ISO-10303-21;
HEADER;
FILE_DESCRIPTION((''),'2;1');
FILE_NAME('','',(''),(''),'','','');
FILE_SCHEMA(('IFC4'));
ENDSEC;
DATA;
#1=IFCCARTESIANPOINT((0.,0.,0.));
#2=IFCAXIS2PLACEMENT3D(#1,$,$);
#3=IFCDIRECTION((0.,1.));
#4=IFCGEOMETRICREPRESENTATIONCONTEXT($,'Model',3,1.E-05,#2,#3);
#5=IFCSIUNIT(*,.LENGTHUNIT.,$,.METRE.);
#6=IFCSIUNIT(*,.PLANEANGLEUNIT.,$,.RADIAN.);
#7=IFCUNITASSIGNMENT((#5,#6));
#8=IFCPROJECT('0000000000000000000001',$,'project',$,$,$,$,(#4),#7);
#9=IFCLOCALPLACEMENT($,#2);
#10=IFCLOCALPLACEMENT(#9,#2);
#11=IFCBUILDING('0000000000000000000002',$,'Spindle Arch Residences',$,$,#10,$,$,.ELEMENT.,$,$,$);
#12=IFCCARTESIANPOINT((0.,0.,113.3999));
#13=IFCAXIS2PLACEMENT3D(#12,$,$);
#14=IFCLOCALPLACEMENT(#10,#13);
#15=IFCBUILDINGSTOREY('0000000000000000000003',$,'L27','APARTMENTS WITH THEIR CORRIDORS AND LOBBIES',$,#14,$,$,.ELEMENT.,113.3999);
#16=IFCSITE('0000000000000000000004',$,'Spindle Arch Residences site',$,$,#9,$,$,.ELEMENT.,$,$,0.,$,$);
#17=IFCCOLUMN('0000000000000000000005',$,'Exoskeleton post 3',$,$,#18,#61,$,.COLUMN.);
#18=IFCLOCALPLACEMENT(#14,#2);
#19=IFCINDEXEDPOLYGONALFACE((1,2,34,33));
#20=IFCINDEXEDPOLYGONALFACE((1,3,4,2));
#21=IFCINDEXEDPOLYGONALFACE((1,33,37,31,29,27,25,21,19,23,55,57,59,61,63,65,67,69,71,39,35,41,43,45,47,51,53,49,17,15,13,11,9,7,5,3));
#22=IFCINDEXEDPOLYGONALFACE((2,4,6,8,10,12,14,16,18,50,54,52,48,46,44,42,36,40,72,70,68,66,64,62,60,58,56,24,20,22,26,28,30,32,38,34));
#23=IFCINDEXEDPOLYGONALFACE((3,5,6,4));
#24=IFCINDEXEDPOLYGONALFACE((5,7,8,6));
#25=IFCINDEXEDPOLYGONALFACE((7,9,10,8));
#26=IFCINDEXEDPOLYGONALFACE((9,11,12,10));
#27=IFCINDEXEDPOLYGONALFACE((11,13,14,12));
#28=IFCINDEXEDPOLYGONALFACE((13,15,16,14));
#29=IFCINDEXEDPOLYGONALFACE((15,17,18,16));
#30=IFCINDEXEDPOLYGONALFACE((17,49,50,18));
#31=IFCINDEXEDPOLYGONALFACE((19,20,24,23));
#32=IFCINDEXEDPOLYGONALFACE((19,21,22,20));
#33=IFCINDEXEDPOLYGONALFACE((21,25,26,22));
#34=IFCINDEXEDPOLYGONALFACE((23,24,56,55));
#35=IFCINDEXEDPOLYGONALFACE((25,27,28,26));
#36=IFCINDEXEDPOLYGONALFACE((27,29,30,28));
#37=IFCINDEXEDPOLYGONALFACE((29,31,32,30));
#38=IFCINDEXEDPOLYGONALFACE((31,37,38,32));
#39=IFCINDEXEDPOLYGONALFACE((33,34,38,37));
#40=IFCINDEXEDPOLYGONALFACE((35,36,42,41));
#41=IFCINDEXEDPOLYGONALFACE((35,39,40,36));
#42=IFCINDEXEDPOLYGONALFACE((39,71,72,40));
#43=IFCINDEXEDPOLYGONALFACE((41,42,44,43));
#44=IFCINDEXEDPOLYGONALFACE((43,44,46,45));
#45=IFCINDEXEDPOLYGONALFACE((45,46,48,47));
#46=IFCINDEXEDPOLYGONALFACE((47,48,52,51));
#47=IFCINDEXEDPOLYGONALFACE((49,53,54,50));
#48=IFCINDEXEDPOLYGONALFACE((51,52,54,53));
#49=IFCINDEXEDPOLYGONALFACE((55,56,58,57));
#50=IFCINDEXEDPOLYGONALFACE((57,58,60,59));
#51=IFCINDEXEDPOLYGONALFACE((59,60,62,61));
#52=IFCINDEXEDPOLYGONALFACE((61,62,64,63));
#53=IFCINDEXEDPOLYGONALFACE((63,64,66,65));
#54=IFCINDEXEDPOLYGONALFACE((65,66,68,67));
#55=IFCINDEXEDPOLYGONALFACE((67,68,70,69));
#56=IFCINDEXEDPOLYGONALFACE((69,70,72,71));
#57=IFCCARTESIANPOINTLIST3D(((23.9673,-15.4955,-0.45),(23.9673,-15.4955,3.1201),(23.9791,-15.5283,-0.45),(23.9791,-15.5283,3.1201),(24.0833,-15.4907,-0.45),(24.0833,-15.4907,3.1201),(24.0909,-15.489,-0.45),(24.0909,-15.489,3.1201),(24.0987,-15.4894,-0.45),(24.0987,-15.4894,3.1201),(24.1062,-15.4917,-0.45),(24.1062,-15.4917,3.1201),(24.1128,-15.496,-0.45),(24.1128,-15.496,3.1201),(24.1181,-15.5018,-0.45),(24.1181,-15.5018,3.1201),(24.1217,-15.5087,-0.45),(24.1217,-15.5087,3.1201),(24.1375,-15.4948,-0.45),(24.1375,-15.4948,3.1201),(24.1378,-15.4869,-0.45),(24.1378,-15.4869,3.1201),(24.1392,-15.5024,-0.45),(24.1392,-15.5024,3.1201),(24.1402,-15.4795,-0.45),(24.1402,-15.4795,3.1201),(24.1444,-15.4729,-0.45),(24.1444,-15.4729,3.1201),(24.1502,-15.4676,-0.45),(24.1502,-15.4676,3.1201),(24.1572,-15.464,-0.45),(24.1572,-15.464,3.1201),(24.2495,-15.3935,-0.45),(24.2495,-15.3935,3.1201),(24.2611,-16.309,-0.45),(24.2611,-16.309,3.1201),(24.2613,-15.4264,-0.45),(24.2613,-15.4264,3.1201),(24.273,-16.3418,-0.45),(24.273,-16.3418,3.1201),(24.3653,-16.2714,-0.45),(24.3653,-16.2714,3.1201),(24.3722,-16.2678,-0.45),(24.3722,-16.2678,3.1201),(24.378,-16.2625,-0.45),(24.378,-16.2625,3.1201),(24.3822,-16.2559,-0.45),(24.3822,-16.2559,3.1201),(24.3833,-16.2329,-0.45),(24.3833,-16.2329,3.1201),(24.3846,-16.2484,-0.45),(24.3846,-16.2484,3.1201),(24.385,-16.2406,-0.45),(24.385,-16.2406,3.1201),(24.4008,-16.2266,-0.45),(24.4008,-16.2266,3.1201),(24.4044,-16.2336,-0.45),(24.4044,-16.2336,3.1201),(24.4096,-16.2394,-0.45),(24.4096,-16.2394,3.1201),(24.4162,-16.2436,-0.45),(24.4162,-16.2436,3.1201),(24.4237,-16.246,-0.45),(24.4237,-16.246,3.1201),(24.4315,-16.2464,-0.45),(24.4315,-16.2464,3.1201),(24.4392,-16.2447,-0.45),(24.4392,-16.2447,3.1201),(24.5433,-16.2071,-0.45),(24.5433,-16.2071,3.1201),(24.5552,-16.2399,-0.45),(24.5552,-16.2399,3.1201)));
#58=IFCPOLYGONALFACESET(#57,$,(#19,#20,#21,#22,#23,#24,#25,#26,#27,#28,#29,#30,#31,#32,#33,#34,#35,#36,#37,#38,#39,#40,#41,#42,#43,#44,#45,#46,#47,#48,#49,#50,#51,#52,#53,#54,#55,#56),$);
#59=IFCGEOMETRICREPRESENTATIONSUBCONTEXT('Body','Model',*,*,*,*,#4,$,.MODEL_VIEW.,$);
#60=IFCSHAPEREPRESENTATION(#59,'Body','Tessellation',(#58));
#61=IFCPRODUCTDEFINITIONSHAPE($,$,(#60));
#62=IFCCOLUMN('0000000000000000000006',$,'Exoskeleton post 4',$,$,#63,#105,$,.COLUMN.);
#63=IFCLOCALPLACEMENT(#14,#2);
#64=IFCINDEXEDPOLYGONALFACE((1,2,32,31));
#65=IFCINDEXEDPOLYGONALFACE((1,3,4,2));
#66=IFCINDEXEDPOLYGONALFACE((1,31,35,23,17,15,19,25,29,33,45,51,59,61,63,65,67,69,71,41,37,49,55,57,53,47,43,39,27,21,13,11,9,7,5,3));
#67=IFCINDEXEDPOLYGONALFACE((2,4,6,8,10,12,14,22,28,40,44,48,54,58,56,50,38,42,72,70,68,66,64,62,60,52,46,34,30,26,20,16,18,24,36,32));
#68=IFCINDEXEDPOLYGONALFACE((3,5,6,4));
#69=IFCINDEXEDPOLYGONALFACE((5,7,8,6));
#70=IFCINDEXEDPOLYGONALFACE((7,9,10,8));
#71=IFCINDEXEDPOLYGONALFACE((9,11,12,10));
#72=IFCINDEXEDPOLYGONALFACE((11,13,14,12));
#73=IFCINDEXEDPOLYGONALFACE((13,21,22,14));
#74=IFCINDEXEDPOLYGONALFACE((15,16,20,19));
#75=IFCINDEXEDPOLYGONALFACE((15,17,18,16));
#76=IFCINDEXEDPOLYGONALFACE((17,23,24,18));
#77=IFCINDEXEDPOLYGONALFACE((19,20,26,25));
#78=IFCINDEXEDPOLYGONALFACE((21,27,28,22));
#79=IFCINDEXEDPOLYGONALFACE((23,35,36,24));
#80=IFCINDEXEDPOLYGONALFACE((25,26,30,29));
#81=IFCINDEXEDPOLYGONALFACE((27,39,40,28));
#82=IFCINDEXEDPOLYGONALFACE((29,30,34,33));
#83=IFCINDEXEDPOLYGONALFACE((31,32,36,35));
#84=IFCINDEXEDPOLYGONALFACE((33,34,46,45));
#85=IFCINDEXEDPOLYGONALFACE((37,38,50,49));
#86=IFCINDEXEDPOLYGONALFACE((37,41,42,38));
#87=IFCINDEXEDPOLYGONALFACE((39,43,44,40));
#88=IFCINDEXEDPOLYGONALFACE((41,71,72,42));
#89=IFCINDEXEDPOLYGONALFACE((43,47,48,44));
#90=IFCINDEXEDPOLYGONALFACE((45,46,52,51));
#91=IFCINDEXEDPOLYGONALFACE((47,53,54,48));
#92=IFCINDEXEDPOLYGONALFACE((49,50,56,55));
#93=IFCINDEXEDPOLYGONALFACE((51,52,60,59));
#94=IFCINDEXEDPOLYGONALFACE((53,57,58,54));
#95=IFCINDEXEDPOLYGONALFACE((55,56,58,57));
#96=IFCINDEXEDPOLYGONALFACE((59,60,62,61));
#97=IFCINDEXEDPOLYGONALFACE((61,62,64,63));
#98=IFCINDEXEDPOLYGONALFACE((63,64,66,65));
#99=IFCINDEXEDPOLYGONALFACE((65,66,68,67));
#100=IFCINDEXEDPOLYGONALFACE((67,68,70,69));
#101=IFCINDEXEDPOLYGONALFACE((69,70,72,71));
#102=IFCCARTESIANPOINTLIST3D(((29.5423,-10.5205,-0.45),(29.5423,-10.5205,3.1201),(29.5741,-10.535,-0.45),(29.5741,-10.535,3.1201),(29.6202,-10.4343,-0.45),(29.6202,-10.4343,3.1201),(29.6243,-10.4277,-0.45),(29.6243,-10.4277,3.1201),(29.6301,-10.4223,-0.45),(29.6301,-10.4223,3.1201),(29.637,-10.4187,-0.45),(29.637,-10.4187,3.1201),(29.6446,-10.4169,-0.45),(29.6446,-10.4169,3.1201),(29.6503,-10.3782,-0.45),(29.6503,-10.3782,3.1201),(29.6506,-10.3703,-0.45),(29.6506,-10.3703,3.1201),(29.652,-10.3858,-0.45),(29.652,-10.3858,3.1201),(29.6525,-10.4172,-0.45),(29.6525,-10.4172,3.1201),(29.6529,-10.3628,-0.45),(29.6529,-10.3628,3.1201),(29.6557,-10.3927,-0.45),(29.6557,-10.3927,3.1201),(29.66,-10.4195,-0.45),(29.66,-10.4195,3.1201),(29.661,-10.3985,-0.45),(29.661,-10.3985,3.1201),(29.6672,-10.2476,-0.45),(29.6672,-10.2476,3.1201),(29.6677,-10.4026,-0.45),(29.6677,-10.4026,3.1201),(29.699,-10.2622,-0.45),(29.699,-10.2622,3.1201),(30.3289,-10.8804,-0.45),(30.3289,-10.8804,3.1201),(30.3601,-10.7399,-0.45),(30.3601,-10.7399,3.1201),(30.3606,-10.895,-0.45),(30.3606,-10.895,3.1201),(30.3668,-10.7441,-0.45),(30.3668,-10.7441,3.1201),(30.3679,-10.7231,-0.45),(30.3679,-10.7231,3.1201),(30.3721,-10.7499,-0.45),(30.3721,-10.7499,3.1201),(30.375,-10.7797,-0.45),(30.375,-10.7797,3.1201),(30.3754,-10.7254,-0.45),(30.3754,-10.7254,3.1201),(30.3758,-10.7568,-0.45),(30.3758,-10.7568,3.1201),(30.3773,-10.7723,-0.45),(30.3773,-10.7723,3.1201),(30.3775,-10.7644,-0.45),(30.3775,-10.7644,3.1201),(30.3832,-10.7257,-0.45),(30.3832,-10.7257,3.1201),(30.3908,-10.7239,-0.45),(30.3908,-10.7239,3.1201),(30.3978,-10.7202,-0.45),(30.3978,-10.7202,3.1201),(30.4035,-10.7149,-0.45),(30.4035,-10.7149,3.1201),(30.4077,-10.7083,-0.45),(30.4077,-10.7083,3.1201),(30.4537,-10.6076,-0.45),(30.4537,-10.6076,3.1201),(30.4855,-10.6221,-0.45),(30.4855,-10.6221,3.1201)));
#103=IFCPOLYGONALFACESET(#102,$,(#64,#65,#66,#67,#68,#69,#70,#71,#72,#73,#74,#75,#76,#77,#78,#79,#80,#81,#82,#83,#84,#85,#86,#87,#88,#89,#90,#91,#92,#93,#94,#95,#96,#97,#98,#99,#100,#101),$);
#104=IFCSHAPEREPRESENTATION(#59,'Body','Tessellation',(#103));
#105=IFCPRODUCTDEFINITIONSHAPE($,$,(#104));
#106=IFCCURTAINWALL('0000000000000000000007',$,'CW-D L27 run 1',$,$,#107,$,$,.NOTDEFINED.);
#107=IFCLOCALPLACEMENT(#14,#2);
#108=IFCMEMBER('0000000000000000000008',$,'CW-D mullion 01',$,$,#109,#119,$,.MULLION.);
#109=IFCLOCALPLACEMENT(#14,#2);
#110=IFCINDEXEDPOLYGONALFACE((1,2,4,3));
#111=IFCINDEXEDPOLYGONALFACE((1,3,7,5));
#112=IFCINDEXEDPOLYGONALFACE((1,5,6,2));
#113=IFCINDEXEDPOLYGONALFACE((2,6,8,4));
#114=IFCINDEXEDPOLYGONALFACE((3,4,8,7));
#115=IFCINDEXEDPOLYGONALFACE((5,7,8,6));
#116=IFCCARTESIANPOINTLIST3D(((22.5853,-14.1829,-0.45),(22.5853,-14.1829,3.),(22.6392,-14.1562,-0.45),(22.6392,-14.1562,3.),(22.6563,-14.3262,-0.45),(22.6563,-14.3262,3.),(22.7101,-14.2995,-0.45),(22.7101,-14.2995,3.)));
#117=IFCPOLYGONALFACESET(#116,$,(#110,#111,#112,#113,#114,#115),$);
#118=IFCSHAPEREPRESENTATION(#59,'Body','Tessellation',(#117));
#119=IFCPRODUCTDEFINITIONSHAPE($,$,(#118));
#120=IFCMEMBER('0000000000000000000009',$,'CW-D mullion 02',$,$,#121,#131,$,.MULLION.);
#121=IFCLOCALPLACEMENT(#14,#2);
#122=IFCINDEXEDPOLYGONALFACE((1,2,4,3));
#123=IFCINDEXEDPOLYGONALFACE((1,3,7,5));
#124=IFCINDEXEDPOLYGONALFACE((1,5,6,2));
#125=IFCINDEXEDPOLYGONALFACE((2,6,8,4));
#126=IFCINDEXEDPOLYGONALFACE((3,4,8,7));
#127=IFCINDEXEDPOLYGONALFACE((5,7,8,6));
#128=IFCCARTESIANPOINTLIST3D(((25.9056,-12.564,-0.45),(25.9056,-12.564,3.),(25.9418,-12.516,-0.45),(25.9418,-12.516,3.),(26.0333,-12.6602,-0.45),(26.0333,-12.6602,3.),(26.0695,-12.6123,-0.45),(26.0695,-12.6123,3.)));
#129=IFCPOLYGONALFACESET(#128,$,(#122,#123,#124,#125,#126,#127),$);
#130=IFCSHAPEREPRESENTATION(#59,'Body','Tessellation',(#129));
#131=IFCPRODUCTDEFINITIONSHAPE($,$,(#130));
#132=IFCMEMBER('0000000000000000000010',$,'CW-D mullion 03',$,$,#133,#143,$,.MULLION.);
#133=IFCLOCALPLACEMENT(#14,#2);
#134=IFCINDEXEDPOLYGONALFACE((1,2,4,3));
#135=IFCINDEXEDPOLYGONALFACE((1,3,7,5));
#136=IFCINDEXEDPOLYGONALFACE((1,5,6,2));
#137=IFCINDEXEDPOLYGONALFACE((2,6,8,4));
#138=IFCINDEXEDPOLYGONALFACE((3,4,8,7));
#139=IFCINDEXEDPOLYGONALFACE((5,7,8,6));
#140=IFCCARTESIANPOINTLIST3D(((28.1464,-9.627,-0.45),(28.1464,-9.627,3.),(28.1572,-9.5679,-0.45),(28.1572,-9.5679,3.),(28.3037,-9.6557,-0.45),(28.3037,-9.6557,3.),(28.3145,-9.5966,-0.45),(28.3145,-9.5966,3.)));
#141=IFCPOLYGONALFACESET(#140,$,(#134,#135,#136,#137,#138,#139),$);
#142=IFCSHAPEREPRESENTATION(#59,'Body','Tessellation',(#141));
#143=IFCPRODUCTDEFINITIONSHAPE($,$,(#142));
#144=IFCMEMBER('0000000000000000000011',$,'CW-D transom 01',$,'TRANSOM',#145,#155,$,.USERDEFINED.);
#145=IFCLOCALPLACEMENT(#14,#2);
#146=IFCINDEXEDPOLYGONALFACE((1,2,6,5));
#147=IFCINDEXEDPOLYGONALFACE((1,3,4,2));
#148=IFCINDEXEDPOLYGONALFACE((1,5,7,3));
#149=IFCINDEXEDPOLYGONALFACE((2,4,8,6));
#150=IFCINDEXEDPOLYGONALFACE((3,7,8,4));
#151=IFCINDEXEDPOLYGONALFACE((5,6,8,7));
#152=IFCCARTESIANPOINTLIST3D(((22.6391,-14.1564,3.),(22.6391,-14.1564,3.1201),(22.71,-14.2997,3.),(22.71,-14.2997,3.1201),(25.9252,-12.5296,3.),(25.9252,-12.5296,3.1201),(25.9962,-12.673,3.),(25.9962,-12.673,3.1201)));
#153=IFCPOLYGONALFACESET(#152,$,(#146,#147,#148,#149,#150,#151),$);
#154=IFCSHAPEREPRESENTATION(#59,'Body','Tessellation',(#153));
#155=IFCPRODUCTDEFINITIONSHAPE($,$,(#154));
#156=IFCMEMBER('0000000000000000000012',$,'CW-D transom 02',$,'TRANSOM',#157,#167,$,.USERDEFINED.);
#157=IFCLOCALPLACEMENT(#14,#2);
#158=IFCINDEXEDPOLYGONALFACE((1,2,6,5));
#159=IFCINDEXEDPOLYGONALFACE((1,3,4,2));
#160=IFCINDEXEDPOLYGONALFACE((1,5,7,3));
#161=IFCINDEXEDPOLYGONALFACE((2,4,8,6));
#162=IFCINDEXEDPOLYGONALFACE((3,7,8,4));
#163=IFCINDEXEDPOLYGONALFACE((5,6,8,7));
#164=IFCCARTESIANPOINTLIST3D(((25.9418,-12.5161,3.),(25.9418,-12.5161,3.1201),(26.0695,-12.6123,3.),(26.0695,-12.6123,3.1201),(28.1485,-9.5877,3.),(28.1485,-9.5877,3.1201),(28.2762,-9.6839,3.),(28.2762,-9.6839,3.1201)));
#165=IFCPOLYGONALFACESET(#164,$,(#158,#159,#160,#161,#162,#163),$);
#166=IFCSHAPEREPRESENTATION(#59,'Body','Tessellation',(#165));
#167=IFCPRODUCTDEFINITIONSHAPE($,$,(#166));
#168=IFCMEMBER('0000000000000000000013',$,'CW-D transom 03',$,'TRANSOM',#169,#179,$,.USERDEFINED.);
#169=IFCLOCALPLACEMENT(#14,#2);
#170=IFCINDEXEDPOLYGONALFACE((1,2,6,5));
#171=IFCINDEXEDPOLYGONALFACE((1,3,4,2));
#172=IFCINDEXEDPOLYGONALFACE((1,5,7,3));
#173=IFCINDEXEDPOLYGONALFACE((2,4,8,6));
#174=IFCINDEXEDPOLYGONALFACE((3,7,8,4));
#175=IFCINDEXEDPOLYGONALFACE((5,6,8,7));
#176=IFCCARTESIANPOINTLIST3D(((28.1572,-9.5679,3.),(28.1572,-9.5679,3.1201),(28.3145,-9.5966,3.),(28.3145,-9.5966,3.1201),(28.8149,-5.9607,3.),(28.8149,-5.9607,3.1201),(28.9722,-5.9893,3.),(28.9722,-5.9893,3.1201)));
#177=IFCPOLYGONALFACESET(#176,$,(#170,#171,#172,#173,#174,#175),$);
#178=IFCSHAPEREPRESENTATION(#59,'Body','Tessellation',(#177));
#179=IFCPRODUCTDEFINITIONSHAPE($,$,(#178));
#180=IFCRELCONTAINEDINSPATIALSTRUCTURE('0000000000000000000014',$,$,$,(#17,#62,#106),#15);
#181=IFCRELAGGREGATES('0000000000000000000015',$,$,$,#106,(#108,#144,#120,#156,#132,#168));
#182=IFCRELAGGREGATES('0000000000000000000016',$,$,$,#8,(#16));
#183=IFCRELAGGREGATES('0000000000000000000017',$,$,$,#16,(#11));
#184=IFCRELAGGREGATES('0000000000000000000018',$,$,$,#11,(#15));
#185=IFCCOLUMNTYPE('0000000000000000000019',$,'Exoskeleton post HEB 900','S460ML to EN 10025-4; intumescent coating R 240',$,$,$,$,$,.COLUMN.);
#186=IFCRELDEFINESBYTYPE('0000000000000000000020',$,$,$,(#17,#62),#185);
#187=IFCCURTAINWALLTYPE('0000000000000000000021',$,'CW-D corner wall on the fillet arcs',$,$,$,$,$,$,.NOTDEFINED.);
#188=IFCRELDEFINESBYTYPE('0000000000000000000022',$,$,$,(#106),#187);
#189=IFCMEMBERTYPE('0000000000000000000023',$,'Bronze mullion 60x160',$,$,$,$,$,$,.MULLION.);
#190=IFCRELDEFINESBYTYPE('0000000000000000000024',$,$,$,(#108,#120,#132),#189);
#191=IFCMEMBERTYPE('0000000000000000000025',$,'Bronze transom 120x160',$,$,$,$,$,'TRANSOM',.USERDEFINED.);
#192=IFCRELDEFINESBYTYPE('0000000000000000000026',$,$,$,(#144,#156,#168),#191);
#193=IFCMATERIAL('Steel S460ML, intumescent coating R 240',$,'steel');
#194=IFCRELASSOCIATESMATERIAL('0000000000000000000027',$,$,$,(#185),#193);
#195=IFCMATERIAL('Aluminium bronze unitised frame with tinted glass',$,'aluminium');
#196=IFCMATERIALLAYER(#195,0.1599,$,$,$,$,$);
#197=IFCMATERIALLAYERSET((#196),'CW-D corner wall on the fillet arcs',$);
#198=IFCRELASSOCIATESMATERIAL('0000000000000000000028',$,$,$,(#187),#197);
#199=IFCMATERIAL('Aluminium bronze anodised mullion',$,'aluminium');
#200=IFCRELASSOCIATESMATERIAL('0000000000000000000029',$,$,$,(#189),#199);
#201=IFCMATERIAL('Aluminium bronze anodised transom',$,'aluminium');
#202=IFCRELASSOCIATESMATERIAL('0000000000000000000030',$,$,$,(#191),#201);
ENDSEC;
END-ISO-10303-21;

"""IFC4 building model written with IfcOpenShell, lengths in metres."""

from ifc_helpers import new_model, si_unit, direction, frame, origin, origin_2d, place, context, subcontext, project, spatial, rectangle, i_section, extrude, material, layer, layer_set, material_profile, profile_set, type_object, element, aggregate, save


model = new_model("IFC4")

# Units and contexts
model_context = context("Model", 3, precision=1e-05, world=origin(), true_north=direction((0.0, 1.0)))
body_context = subcontext(model_context, "Body", "Model", "MODEL_VIEW")
ifc_project = project(units=[si_unit("LENGTHUNIT", "METRE"), si_unit("PLANEANGLEUNIT", "RADIAN")], contexts=[model_context])

# Site, building, storey
site_placement = place(None, origin())
site = spatial("IfcSite", under=ifc_project, at=site_placement, Name="Spindle Arch Residences site", CompositionType="ELEMENT", RefElevation=0.0)
building_placement = place(site_placement, origin())
building = spatial("IfcBuilding", under=site, at=building_placement, Name="Spindle Arch Residences", CompositionType="ELEMENT")
storey_placement = place(building_placement, frame((0.0, 0.0, 113.3999)))
storey = spatial("IfcBuildingStorey", under=building, at=storey_placement, Name="L27", Description="APARTMENTS WITH THEIR CORRIDORS AND LOBBIES", CompositionType="ELEMENT", Elevation=113.3999)

# Columns
ifc_material_1 = material(Name="Steel S460ML, intumescent coating R 240", Category="steel")
ifc_material_profile_1 = material_profile(ifc_material_1, i_section(OverallWidth=0.3, OverallDepth=0.8999, WebThickness=0.0186, FlangeThickness=0.0349, FilletRadius=0.03, at=origin_2d()), Name="HEB 900")
ifc_profile_set_1 = profile_set([ifc_material_profile_1], Name="Steel S460ML, intumescent coating R 240")
column_type = type_object("IfcColumnType", Name="Exoskeleton post HEB 900", Description="S460ML to EN 10025-4; intumescent coating R 240", PredefinedType="COLUMN", material=ifc_profile_set_1)
for number, where, z_axis, x_axis, name in (
    (1, (24.2612, -15.8677, -0.45), (0.0, 0.0, 1.0), (-0.940523, -0.339729, 0.0), "Exoskeleton post 3"),
    (2, (30.0139, -10.5713, -0.45), (0.0, 0.0, 1.0), (-0.416144, -0.909299, 0.0), "Exoskeleton post 4"),
):
    element("IfcColumn", number, at=place(storey_placement, frame(where, z_axis=z_axis, x_axis=x_axis)), inside=storey, type_object=column_type, Name=name, PredefinedType="COLUMN", context=body_context, shape_type="SweptSolid", body=[
        extrude(i_section(OverallWidth=0.3, OverallDepth=0.8999, WebThickness=0.0186, FlangeThickness=0.0349, FilletRadius=0.03, at=origin_2d()), origin(), (0.0, 0.0, 1.0), 3.5701),
    ])

# Curtain wall, members
ifc_material_2 = material(Name="Aluminium bronze unitised frame with tinted glass", Category="aluminium")
ifc_layer_1 = layer(ifc_material_2, 0.1599)
ifc_layer_set_1 = layer_set([ifc_layer_1], Name="CW-D corner wall on the fillet arcs")
curtain_wall_type = type_object("IfcCurtainWallType", Name="CW-D corner wall on the fillet arcs", PredefinedType="NOTDEFINED", material=ifc_layer_set_1)
curtain_wall_placement = place(storey_placement, origin())
curtain_wall = element("IfcCurtainWall", 3, at=curtain_wall_placement, inside=storey, type_object=curtain_wall_type, Name="CW-D L27 run 1", PredefinedType="NOTDEFINED")
ifc_material_3 = material(Name="Aluminium bronze anodised mullion", Category="aluminium")
ifc_material_profile_2 = material_profile(ifc_material_3, rectangle(XDim=0.1599, YDim=0.0601, at=origin_2d()), Name="MU 60x160")
ifc_profile_set_2 = profile_set([ifc_material_profile_2], Name="Aluminium bronze anodised mullion")
member_type_1 = type_object("IfcMemberType", Name="Bronze mullion 60x160", PredefinedType="MULLION", material=ifc_profile_set_2)
member_1_placement = place(storey_placement, frame((22.6477, -14.2412, -0.45), z_axis=(0.0, 0.0, 1.0), x_axis=(-0.443593, 0.896229, 0.0)))
member_1 = element("IfcMember", 4, at=member_1_placement, type_object=member_type_1, Name="CW-D mullion 01", PredefinedType="MULLION", context=body_context, shape_type="SweptSolid", body=[
    extrude(rectangle(XDim=0.1599, YDim=0.0601, at=origin_2d()), origin(), (0.0, 0.0, 1.0), 3.45),
])
member_2_placement = place(storey_placement, frame((25.9875, -12.5881, -0.45), z_axis=(0.0, 0.0, 1.0), x_axis=(-0.798636, 0.601815, 0.0)))
member_2 = element("IfcMember", 5, at=member_2_placement, type_object=member_type_1, Name="CW-D mullion 02", PredefinedType="MULLION", context=body_context, shape_type="SweptSolid", body=[
    extrude(rectangle(XDim=0.1599, YDim=0.0601, at=origin_2d()), origin(), (0.0, 0.0, 1.0), 3.45),
])
member_3_placement = place(storey_placement, frame((28.2305, -9.6118, -0.45), z_axis=(0.0, 0.0, 1.0), x_axis=(-0.983781, 0.179375, 0.0)))
member_3 = element("IfcMember", 6, at=member_3_placement, type_object=member_type_1, Name="CW-D mullion 03", PredefinedType="MULLION", context=body_context, shape_type="SweptSolid", body=[
    extrude(rectangle(XDim=0.1599, YDim=0.0601, at=origin_2d()), origin(), (0.0, 0.0, 1.0), 3.45),
])
ifc_material_4 = material(Name="Aluminium bronze anodised transom", Category="aluminium")
ifc_material_profile_3 = material_profile(ifc_material_4, rectangle(XDim=0.1599, YDim=0.1201, at=origin_2d()), Name="TR 120x160")
ifc_profile_set_3 = profile_set([ifc_material_profile_3], Name="Aluminium bronze anodised transom")
member_type_2 = type_object("IfcMemberType", Name="Bronze transom 120x160", ElementType="TRANSOM", PredefinedType="USERDEFINED", material=ifc_profile_set_3)
member_4_placement = place(storey_placement, frame((22.6746, -14.228, 3.0601), z_axis=(0.896204, 0.443641, 0.0), x_axis=(-0.443641, 0.896204, 0.0)))
member_4 = element("IfcMember", 7, at=member_4_placement, type_object=member_type_2, Name="CW-D transom 01", ObjectType="TRANSOM", PredefinedType="USERDEFINED", context=body_context, shape_type="SweptSolid", body=[
    extrude(rectangle(XDim=0.1599, YDim=0.1201, at=origin_2d()), origin(), (0.0, 0.0, 1.0), 3.6667),
])
member_5_placement = place(storey_placement, frame((26.0056, -12.5642, 3.0601), z_axis=(0.60182, 0.798632, 0.0), x_axis=(-0.798632, 0.60182, 0.0)))
member_5 = element("IfcMember", 8, at=member_5_placement, type_object=member_type_2, Name="CW-D transom 02", ObjectType="TRANSOM", PredefinedType="USERDEFINED", context=body_context, shape_type="SweptSolid", body=[
    extrude(rectangle(XDim=0.1599, YDim=0.1201, at=origin_2d()), origin(), (0.0, 0.0, 1.0), 3.6667),
])
member_6_placement = place(storey_placement, frame((28.2358, -9.5823, 3.0601), z_axis=(0.179378, 0.98378, 0.0), x_axis=(-0.98378, 0.179378, 0.0)))
member_6 = element("IfcMember", 9, at=member_6_placement, type_object=member_type_2, Name="CW-D transom 03", ObjectType="TRANSOM", PredefinedType="USERDEFINED", context=body_context, shape_type="SweptSolid", body=[
    extrude(rectangle(XDim=0.1599, YDim=0.1201, at=origin_2d()), origin(), (0.0, 0.0, 1.0), 3.6667),
])

aggregate(curtain_wall, [member_1, member_4, member_2, member_5, member_3, member_6])

save(model, "model.ifc")
